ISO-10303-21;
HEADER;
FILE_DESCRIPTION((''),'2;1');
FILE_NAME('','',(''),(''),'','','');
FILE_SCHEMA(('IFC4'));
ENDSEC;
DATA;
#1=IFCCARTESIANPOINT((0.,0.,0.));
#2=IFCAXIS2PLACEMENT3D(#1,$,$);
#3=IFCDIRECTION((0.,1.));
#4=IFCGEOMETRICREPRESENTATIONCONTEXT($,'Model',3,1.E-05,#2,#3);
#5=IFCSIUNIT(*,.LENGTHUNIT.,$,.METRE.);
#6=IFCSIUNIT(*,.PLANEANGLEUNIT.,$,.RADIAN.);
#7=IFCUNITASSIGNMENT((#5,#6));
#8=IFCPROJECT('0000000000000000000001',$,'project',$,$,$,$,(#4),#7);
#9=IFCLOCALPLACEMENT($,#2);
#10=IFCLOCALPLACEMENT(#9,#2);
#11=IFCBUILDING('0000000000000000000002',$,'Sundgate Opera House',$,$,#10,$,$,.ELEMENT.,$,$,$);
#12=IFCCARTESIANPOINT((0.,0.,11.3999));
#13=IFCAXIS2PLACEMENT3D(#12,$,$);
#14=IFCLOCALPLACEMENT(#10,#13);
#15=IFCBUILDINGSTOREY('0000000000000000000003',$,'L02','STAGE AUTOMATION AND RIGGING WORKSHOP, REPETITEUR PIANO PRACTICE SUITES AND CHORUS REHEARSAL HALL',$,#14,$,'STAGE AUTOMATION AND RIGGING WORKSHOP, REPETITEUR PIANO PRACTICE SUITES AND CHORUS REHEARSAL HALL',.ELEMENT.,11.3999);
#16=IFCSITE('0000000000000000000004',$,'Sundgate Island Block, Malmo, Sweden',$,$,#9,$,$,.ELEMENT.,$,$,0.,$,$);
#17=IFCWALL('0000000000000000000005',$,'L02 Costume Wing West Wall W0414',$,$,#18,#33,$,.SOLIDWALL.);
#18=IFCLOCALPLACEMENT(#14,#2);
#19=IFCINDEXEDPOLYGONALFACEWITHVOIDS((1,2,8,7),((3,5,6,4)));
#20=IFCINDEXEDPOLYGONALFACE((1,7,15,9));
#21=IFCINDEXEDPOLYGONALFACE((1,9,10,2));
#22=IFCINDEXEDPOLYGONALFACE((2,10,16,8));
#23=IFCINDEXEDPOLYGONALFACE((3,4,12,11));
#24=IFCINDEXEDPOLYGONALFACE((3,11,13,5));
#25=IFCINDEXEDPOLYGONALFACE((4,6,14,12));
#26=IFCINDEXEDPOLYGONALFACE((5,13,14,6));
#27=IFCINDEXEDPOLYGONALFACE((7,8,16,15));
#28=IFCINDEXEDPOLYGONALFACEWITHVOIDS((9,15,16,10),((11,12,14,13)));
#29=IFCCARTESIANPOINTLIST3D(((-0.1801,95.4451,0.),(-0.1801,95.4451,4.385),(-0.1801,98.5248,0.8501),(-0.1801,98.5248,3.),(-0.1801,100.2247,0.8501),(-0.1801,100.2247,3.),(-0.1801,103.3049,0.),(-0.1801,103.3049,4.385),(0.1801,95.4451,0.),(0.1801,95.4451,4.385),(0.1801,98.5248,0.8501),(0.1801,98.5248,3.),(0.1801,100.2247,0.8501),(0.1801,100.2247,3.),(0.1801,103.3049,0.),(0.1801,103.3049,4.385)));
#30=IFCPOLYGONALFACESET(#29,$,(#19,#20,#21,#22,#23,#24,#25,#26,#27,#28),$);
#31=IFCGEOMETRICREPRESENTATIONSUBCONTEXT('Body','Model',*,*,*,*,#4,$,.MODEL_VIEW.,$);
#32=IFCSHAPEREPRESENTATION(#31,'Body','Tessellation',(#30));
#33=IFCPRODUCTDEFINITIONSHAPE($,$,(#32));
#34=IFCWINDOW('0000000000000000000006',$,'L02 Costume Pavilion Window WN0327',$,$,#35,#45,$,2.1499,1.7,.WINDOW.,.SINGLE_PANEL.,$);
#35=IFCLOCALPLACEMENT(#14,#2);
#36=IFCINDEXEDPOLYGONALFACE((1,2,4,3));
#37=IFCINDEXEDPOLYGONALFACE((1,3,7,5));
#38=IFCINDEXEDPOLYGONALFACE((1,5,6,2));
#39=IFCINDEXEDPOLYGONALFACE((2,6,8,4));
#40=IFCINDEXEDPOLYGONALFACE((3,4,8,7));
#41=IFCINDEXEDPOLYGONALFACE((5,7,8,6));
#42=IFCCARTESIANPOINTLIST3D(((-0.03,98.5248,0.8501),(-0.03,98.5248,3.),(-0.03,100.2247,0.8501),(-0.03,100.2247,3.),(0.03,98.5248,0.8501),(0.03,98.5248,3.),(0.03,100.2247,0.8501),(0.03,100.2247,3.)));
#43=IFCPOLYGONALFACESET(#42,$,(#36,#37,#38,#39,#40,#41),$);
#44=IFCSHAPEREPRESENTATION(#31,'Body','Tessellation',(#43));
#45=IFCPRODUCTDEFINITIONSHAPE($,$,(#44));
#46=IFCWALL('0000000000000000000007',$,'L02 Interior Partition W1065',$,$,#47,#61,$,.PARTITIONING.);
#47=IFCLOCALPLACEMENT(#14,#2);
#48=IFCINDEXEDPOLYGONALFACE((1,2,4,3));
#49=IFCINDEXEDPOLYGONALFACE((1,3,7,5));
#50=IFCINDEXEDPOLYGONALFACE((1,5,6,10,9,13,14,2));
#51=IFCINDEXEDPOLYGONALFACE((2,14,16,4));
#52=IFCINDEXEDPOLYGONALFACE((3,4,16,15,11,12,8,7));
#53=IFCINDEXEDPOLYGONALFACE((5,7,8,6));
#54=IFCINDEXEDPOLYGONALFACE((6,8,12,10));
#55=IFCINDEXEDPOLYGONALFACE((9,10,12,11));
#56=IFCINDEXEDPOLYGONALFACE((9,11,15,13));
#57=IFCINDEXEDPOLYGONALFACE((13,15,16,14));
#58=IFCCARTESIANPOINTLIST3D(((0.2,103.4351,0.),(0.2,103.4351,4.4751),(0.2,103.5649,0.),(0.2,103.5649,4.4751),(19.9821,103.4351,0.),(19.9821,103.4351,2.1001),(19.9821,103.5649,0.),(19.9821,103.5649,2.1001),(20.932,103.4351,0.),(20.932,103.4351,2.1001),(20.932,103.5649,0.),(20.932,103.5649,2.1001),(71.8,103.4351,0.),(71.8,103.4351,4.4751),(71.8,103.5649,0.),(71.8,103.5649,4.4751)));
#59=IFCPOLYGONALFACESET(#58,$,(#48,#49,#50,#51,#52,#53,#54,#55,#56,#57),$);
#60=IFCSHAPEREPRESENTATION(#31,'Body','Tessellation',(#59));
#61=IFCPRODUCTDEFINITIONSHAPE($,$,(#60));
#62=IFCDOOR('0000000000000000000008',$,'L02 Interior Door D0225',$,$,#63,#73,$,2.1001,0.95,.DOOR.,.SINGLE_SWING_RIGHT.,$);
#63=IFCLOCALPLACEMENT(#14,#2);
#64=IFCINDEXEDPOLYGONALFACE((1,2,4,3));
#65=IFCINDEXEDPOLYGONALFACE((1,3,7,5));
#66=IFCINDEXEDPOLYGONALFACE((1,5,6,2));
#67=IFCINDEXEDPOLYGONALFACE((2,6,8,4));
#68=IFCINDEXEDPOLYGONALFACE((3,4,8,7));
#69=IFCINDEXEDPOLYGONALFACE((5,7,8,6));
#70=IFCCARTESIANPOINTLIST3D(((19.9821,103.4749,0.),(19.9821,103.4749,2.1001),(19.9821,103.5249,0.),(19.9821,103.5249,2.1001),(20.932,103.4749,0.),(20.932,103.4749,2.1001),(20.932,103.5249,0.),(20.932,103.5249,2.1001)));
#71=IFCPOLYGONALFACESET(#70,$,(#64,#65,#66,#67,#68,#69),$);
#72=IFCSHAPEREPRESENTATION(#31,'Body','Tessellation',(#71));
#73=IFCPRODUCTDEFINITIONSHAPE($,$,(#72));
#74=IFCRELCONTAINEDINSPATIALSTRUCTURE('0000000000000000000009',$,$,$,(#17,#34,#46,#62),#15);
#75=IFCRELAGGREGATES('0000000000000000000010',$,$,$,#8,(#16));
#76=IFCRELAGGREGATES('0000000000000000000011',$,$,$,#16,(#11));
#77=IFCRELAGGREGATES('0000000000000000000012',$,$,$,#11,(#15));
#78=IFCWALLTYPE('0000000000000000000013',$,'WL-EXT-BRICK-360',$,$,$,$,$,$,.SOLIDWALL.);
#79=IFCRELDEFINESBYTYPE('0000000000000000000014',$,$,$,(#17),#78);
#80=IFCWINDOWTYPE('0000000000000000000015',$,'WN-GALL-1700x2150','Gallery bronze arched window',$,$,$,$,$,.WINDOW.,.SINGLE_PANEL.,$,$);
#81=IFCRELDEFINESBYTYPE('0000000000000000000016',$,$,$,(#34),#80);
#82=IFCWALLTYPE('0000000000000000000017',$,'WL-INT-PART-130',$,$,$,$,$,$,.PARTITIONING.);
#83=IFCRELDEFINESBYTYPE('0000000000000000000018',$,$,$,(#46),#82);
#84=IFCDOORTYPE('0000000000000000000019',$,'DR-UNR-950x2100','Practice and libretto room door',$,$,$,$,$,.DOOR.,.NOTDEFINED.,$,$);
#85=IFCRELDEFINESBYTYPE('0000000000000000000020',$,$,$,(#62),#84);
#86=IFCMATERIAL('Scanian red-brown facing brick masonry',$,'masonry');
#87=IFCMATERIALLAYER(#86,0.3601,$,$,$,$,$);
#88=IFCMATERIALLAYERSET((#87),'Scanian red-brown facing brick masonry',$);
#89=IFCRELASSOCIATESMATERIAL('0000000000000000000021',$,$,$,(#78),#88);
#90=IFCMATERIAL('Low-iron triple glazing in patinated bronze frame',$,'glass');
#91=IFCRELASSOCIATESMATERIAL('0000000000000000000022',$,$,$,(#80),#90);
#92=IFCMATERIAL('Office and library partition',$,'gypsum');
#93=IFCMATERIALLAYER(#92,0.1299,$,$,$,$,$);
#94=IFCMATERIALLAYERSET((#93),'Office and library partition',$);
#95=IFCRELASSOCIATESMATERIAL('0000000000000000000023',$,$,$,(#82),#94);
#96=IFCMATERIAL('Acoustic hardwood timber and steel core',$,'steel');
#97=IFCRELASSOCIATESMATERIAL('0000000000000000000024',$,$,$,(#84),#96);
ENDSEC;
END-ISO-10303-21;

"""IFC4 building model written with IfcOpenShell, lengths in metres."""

from ifc_helpers import new_model, si_unit, direction, frame, frame_2d, origin, place, context, subcontext, project, spatial, rectangle, extrude, material, layer, layer_set, type_object, element, fill, save


model = new_model("IFC4")

# Units and contexts
model_context = context("Model", 3, precision=1e-05, world=origin(), true_north=direction((0.0, 1.0)))
body_context = subcontext(model_context, "Body", "Model", "MODEL_VIEW")
ifc_project = project(units=[si_unit("LENGTHUNIT", "METRE"), si_unit("PLANEANGLEUNIT", "RADIAN")], contexts=[model_context])

# Site, building, storey
site_placement = place(None, origin())
site = spatial("IfcSite", under=ifc_project, at=site_placement, Name="Sundgate Island Block, Malmo, Sweden", CompositionType="ELEMENT", RefElevation=0.0)
building_placement = place(site_placement, origin())
building = spatial("IfcBuilding", under=site, at=building_placement, Name="Sundgate Opera House", CompositionType="ELEMENT")
storey_placement = place(building_placement, frame((0.0, 0.0, 11.3999)))
storey = spatial("IfcBuildingStorey", under=building, at=storey_placement, Name="L02", Description="STAGE AUTOMATION AND RIGGING WORKSHOP, REPETITEUR PIANO PRACTICE SUITES AND CHORUS REHEARSAL HALL", LongName="STAGE AUTOMATION AND RIGGING WORKSHOP, REPETITEUR PIANO PRACTICE SUITES AND CHORUS REHEARSAL HALL", CompositionType="ELEMENT", Elevation=11.3999)

# Wall, opening, window
ifc_material_1 = material(Name="Scanian red-brown facing brick masonry", Category="masonry")
ifc_layer_1 = layer(ifc_material_1, 0.3601)
ifc_layer_set_1 = layer_set([ifc_layer_1], Name="Scanian red-brown facing brick masonry")
wall_type_1 = type_object("IfcWallType", Name="WL-EXT-BRICK-360", PredefinedType="SOLIDWALL", material=ifc_layer_set_1)
wall_1_placement = place(storey_placement, frame((0.0, 103.3049, 0.0), z_axis=(0.0, 0.0, 1.0), x_axis=(0.0, -1.0, 0.0)))
wall_1 = element("IfcWall", 1, at=wall_1_placement, inside=storey, type_object=wall_type_1, Name="L02 Costume Wing West Wall W0414", PredefinedType="SOLIDWALL", context=body_context, shape_type="SweptSolid", body=[
    extrude(rectangle(XDim=7.8599, YDim=0.3601, at=frame_2d((3.9299, 0.0))), origin(), (0.0, 0.0, 1.0), 4.385),
])
opening_1_placement = place(wall_1_placement, frame((3.0801, 0.0, 0.8501)))
opening_1 = element("IfcOpeningElement", 2, at=opening_1_placement, cuts=wall_1, PredefinedType="OPENING", context=body_context, shape_type="SweptSolid", body=[
    extrude(rectangle(XDim=1.7, YDim=2.1499, at=frame_2d((0.8501, 1.075))), frame((0.0, 0.1899, 0.0), z_axis=(0.0, -1.0, 0.0), x_axis=(1.0, 0.0, 0.0)), (0.0, 0.0, 1.0), 0.3801),
])
ifc_material_2 = material(Name="Low-iron triple glazing in patinated bronze frame", Category="glass")
window_type_1 = type_object("IfcWindowType", Name="WN-GALL-1700x2150", Description="Gallery bronze arched window", PartitioningType="SINGLE_PANEL", PredefinedType="WINDOW", material=ifc_material_2)
window_1_placement = place(opening_1_placement, origin())
window_1 = element("IfcWindow", 3, at=window_1_placement, inside=storey, type_object=window_type_1, Name="L02 Costume Pavilion Window WN0327", OverallHeight=2.1499, OverallWidth=1.7, PartitioningType="SINGLE_PANEL", PredefinedType="WINDOW", context=body_context, shape_type="SweptSolid", body=[
    extrude(rectangle(XDim=1.7, YDim=2.1499, at=frame_2d((0.8501, 1.075))), frame((0.0, 0.03, 0.0), z_axis=(0.0, -1.0, 0.0), x_axis=(1.0, 0.0, 0.0)), (0.0, 0.0, 1.0), 0.0601),
])
fill(opening_1, window_1)

# Wall, opening, door
ifc_material_3 = material(Name="Office and library partition", Category="gypsum")
ifc_layer_2 = layer(ifc_material_3, 0.1299)
ifc_layer_set_2 = layer_set([ifc_layer_2], Name="Office and library partition")
wall_type_2 = type_object("IfcWallType", Name="WL-INT-PART-130", PredefinedType="PARTITIONING", material=ifc_layer_set_2)
wall_2_placement = place(storey_placement, frame((0.2, 103.5, 0.0), z_axis=(0.0, 0.0, 1.0), x_axis=(1.0, 0.0, 0.0)))
wall_2 = element("IfcWall", 4, at=wall_2_placement, inside=storey, type_object=wall_type_2, Name="L02 Interior Partition W1065", PredefinedType="PARTITIONING", context=body_context, shape_type="SweptSolid", body=[
    extrude(rectangle(XDim=71.6001, YDim=0.1299, at=frame_2d((35.8, 0.0))), origin(), (0.0, 0.0, 1.0), 4.4751),
])
opening_2_placement = place(wall_2_placement, frame((19.782, 0.0, 0.0)))
opening_2 = element("IfcOpeningElement", 5, at=opening_2_placement, cuts=wall_2, PredefinedType="OPENING", context=body_context, shape_type="SweptSolid", body=[
    extrude(rectangle(XDim=0.95, YDim=2.1001, at=frame_2d((0.4751, 1.05))), frame((0.0, 0.075, 0.0), z_axis=(0.0, -1.0, 0.0), x_axis=(1.0, 0.0, 0.0)), (0.0, 0.0, 1.0), 0.1499),
])
ifc_material_4 = material(Name="Acoustic hardwood timber and steel core", Category="steel")
door_type = type_object("IfcDoorType", Name="DR-UNR-950x2100", Description="Practice and libretto room door", OperationType="NOTDEFINED", PredefinedType="DOOR", material=ifc_material_4)
door_placement = place(opening_2_placement, origin())
door = element("IfcDoor", 6, at=door_placement, inside=storey, type_object=door_type, Name="L02 Interior Door D0225", OperationType="SINGLE_SWING_RIGHT", OverallHeight=2.1001, OverallWidth=0.95, PredefinedType="DOOR", context=body_context, shape_type="SweptSolid", body=[
    extrude(rectangle(XDim=0.95, YDim=2.1001, at=frame_2d((0.4751, 1.05))), frame((0.0, 0.0249, 0.0), z_axis=(0.0, -1.0, 0.0), x_axis=(1.0, 0.0, 0.0)), (0.0, 0.0, 1.0), 0.05),
])
fill(opening_2, door)

save(model, "model.ifc")
